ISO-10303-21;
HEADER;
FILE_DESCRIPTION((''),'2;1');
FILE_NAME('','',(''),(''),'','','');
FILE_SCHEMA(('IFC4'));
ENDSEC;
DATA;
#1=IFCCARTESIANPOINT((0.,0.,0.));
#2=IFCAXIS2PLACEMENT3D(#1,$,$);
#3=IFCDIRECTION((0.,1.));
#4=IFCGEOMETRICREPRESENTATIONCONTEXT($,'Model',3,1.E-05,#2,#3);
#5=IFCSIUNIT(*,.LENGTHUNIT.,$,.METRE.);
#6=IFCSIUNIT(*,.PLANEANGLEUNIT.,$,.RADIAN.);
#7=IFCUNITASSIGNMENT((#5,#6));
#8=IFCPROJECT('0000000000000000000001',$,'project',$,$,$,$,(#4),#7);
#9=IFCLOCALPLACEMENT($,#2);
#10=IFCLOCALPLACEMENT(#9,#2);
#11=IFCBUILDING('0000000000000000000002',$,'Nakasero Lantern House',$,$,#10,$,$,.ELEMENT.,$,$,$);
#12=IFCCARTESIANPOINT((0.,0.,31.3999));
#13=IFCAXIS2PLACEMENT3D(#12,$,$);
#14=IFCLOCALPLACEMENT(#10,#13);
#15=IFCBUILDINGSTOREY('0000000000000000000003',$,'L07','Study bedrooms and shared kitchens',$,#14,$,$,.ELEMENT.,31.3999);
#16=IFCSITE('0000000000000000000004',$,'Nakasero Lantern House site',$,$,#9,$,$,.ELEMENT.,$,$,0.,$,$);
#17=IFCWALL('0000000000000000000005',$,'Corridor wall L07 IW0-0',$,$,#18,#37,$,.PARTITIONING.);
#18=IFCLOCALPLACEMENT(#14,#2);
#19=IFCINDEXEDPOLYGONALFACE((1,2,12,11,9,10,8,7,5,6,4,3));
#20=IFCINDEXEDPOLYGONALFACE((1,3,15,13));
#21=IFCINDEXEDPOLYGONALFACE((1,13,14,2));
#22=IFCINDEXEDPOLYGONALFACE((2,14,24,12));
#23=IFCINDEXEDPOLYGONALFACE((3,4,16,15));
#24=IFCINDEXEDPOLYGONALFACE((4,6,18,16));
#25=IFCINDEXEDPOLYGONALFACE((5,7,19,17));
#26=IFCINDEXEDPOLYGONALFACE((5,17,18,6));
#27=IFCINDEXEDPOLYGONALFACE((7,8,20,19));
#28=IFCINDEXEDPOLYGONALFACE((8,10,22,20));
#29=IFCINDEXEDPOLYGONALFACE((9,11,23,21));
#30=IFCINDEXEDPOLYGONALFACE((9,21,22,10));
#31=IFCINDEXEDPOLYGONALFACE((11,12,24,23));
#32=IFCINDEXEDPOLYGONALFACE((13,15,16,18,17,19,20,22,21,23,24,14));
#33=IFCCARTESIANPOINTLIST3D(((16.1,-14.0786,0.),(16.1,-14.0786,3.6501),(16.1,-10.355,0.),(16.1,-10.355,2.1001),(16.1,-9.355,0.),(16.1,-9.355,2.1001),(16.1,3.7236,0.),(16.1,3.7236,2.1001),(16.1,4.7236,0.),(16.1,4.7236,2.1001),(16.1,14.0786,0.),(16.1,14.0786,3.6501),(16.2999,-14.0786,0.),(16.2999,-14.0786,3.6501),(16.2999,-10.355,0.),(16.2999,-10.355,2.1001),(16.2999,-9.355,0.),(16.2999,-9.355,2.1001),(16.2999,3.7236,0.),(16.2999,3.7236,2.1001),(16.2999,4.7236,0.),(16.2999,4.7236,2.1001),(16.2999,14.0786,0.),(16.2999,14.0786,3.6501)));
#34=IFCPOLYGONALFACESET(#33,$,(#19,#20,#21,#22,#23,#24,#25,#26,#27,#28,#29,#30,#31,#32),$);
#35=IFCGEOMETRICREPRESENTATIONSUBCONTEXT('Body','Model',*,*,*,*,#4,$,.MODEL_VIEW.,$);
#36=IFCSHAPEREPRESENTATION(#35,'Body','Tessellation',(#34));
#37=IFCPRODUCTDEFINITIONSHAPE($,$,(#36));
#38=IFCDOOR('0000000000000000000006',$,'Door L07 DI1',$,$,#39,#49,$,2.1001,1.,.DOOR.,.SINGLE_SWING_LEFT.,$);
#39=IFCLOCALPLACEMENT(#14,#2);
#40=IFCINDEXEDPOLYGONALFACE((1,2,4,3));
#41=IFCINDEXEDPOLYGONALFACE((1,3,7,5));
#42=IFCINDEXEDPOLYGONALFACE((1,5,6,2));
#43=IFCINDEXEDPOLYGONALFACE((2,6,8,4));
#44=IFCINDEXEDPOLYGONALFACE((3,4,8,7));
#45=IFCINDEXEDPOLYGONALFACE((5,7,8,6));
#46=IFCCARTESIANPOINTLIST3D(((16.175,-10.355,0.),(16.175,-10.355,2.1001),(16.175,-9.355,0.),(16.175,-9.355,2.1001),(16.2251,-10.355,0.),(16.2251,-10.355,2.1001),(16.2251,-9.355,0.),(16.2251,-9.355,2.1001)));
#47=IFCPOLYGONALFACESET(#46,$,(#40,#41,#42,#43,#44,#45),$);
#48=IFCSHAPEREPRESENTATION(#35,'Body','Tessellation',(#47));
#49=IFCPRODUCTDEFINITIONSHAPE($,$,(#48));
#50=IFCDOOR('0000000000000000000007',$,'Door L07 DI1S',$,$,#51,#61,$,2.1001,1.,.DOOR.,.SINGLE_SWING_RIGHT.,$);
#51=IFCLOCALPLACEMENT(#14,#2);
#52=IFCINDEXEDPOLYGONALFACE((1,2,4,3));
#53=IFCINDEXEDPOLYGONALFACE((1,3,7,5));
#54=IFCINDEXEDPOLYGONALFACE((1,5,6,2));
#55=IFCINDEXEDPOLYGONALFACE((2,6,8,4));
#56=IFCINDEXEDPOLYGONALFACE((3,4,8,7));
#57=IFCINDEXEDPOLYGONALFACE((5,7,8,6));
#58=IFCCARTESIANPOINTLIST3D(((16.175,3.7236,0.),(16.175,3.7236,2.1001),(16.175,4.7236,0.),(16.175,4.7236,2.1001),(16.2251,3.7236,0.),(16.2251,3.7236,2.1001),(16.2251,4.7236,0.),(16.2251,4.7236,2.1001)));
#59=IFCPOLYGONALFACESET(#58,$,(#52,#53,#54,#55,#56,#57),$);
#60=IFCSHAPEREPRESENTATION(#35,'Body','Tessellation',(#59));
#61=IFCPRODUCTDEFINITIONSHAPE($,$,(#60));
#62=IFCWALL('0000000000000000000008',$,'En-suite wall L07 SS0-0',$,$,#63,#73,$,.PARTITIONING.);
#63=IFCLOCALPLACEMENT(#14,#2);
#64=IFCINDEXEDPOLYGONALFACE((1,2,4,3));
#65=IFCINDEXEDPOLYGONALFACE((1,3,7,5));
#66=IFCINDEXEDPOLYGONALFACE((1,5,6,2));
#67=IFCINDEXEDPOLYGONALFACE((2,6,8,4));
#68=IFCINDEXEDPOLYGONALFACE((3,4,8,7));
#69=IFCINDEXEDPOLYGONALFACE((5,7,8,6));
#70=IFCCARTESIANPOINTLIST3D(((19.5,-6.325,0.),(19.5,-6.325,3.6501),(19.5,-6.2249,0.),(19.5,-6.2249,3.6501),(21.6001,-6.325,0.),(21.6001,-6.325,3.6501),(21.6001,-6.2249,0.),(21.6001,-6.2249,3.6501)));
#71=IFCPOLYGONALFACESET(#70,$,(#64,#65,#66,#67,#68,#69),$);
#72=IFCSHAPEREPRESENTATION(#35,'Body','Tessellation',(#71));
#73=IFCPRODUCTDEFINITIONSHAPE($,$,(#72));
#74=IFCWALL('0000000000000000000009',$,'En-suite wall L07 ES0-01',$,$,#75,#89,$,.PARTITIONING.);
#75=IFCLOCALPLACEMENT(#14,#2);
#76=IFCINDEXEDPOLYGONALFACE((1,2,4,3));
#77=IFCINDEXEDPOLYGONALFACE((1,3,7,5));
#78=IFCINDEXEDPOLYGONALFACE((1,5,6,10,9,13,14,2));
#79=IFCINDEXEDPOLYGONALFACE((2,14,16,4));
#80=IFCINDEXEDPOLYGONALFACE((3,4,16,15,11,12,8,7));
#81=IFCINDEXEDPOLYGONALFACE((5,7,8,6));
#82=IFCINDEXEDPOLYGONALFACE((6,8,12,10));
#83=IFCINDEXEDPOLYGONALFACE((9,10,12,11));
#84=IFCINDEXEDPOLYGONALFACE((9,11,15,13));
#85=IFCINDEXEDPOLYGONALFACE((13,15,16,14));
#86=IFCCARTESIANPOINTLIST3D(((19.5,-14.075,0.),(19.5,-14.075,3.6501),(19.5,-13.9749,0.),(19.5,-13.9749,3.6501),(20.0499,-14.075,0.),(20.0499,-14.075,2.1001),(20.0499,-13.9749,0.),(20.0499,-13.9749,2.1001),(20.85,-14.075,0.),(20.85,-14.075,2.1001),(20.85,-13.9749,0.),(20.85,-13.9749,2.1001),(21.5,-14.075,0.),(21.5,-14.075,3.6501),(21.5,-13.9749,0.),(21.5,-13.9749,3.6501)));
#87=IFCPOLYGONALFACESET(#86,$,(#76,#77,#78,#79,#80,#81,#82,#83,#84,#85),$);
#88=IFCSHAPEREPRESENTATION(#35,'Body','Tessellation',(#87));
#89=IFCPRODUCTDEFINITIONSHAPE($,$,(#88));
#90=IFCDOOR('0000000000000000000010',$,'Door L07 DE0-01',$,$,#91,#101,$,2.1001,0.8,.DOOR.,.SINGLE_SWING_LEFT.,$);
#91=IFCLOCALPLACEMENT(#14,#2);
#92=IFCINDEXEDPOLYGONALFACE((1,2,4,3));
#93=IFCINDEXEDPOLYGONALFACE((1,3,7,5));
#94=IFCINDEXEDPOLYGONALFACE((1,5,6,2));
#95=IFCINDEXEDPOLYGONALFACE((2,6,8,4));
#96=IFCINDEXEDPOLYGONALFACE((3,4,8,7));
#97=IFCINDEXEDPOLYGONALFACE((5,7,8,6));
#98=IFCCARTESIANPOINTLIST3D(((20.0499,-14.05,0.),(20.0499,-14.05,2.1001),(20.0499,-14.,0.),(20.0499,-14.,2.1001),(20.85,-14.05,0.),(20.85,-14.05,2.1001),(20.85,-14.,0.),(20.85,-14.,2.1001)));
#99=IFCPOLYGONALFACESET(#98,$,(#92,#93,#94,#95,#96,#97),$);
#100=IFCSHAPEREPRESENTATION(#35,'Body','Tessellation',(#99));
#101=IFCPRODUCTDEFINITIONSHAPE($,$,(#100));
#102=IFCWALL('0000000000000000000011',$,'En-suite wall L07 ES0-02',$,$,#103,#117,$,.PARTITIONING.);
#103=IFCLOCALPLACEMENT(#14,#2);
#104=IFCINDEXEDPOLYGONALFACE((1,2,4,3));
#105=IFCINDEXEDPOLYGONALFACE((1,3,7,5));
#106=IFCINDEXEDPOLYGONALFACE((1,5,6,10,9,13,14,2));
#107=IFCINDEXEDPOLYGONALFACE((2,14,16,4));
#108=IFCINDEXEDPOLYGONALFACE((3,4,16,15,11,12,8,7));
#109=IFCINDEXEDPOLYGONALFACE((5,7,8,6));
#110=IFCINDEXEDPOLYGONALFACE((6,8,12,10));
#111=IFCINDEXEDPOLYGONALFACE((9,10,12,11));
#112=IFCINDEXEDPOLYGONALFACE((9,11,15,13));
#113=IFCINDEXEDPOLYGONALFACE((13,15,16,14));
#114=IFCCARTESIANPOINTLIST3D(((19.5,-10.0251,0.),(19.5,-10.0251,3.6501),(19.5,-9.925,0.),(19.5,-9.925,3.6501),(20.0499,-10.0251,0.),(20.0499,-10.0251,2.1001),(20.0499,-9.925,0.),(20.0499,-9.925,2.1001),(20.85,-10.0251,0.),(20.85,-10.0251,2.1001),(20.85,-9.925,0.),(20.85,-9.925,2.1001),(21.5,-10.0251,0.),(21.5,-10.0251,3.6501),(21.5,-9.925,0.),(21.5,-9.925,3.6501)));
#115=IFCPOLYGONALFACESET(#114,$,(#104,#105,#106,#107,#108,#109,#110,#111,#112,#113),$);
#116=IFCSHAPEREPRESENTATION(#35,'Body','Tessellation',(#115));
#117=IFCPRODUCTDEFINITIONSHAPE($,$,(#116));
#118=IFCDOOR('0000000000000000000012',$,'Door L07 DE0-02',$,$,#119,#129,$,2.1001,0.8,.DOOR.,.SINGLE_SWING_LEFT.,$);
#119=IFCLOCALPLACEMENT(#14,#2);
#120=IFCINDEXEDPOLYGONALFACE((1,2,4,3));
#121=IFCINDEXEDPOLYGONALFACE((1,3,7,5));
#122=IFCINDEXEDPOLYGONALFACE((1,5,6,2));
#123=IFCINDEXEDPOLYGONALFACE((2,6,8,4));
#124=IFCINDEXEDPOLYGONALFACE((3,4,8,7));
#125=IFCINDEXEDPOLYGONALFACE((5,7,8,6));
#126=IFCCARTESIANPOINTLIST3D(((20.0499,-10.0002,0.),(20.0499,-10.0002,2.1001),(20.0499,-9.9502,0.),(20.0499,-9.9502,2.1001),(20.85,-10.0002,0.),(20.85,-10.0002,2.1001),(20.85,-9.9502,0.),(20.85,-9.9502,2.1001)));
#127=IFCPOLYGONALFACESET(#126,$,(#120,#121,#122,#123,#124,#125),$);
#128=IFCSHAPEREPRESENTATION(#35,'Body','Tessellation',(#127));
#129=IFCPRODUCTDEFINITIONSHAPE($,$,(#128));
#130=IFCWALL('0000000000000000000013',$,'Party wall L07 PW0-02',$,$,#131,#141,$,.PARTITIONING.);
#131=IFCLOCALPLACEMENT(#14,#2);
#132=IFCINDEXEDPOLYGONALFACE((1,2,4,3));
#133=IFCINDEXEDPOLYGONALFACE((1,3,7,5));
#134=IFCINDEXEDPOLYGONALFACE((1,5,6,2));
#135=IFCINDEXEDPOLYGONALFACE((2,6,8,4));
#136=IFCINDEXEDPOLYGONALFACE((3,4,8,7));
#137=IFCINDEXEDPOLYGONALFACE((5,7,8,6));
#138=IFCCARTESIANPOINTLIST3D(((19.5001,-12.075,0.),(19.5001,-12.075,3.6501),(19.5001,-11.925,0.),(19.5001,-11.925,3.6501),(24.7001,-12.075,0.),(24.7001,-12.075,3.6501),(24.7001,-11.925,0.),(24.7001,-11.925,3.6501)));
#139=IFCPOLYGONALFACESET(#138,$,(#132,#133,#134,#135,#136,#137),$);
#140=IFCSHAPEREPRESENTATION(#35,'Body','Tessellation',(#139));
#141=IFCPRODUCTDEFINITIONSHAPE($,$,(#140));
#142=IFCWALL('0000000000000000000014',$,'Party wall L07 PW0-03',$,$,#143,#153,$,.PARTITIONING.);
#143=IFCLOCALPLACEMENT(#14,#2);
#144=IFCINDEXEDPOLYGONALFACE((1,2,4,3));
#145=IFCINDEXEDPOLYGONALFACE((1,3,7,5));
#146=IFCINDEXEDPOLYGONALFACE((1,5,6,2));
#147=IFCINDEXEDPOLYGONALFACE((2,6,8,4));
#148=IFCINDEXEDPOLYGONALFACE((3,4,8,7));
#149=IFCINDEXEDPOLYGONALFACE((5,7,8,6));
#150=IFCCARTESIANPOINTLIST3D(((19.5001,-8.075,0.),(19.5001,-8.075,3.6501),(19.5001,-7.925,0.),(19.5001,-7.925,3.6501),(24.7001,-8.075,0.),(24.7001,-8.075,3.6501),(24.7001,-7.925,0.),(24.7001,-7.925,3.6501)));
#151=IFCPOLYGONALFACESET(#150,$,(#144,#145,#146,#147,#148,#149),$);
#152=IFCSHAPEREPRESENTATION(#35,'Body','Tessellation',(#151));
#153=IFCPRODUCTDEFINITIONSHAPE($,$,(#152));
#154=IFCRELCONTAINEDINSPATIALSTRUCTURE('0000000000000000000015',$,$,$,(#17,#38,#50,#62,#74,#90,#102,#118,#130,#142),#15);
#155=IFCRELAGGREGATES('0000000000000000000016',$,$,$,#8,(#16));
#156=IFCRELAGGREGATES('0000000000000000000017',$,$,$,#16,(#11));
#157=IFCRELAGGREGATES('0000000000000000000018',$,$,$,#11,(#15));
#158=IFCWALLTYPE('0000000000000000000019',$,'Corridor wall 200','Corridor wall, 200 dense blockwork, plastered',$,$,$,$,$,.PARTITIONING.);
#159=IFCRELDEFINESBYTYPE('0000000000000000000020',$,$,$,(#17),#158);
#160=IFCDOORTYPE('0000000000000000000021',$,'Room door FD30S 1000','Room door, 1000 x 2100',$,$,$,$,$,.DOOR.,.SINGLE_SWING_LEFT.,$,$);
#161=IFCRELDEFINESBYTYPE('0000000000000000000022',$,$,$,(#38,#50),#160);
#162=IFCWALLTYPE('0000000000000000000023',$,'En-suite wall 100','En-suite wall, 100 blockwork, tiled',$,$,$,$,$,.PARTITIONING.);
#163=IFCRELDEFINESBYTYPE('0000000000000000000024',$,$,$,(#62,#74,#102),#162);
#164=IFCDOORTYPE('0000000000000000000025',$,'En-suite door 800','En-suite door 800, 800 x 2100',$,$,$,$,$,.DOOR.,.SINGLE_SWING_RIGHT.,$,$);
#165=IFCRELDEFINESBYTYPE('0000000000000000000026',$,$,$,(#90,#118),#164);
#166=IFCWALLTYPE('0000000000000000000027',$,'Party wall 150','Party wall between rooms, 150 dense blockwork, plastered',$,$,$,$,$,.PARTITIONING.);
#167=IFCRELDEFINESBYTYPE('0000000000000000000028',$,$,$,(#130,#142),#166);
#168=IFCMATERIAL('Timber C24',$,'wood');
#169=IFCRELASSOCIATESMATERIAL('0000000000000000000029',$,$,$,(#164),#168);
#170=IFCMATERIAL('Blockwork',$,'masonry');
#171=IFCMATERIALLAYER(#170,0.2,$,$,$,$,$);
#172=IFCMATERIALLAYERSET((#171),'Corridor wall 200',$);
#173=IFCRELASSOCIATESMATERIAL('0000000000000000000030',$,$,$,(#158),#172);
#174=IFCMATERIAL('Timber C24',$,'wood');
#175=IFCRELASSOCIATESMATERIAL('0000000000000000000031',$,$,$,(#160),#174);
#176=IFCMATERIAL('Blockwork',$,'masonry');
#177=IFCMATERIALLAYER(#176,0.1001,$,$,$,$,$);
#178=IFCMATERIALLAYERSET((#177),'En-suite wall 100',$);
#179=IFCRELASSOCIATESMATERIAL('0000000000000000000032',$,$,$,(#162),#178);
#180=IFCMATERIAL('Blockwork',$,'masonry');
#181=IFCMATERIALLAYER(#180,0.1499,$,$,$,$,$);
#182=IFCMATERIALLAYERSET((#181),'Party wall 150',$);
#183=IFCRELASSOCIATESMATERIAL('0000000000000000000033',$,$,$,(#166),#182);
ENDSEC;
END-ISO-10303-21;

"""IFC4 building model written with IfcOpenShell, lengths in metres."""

from ifc_helpers import new_model, si_unit, direction, frame, frame_2d, origin, place, context, subcontext, project, spatial, rectangle, extrude, material, layer, layer_set, type_object, element, fill, save


model = new_model("IFC4")

# Units and contexts
model_context = context("Model", 3, precision=1e-05, world=origin(), true_north=direction((0.0, 1.0)))
body_context = subcontext(model_context, "Body", "Model", "MODEL_VIEW")
ifc_project = project(units=[si_unit("LENGTHUNIT", "METRE"), si_unit("PLANEANGLEUNIT", "RADIAN")], contexts=[model_context])

# Site, building, storey
site_placement = place(None, origin())
site = spatial("IfcSite", under=ifc_project, at=site_placement, Name="Nakasero Lantern House site", CompositionType="ELEMENT", RefElevation=0.0)
building_placement = place(site_placement, origin())
building = spatial("IfcBuilding", under=site, at=building_placement, Name="Nakasero Lantern House", CompositionType="ELEMENT")
storey_placement = place(building_placement, frame((0.0, 0.0, 31.3999)))
storey = spatial("IfcBuildingStorey", under=building, at=storey_placement, Name="L07", Description="Study bedrooms and shared kitchens", CompositionType="ELEMENT", Elevation=31.3999)

# Wall, openings, doors
ifc_material_1 = material(Name="Timber C24", Category="wood")
door_type_1 = type_object("IfcDoorType", Name="En-suite door 800", Description="En-suite door 800, 800 x 2100", OperationType="SINGLE_SWING_RIGHT", PredefinedType="DOOR", material=ifc_material_1)
ifc_material_2 = material(Name="Blockwork", Category="masonry")
ifc_layer_1 = layer(ifc_material_2, 0.2)
ifc_layer_set_1 = layer_set([ifc_layer_1], Name="Corridor wall 200")
wall_type_1 = type_object("IfcWallType", Name="Corridor wall 200", Description="Corridor wall, 200 dense blockwork, plastered", PredefinedType="PARTITIONING", material=ifc_layer_set_1)
wall_1_placement = place(storey_placement, frame((16.2, -14.0786, 0.0), z_axis=(0.0, 0.0, 1.0), x_axis=(0.0, 1.0, 0.0)))
wall_1 = element("IfcWall", 1, at=wall_1_placement, inside=storey, type_object=wall_type_1, Name="Corridor wall L07 IW0-0", PredefinedType="PARTITIONING", context=body_context, shape_type="SweptSolid", body=[
    extrude(rectangle(XDim=28.1572, YDim=0.2, at=frame_2d((14.0786, 0.0))), origin(), (0.0, 0.0, 1.0), 3.6501),
])
opening_1_placement = place(wall_1_placement, frame((3.7236, 0.0, 0.0)))
opening_1 = element("IfcOpeningElement", 2, at=opening_1_placement, cuts=wall_1, PredefinedType="OPENING", context=body_context, shape_type="SweptSolid", body=[
    extrude(rectangle(XDim=1.0, YDim=2.1001, at=frame_2d((0.5, 1.05))), frame((0.0, 0.1199, 0.0), z_axis=(0.0, -1.0, 0.0), x_axis=(1.0, 0.0, 0.0)), (0.0, 0.0, 1.0), 0.24),
])
opening_2_placement = place(wall_1_placement, frame((17.8022, 0.0, 0.0)))
opening_2 = element("IfcOpeningElement", 3, at=opening_2_placement, cuts=wall_1, PredefinedType="OPENING", context=body_context, shape_type="SweptSolid", body=[
    extrude(rectangle(XDim=1.0, YDim=2.1001, at=frame_2d((0.5, 1.05))), frame((0.0, 0.1199, 0.0), z_axis=(0.0, -1.0, 0.0), x_axis=(1.0, 0.0, 0.0)), (0.0, 0.0, 1.0), 0.24),
])
ifc_material_3 = material(Name="Timber C24", Category="wood")
door_type_2 = type_object("IfcDoorType", Name="Room door FD30S 1000", Description="Room door, 1000 x 2100", OperationType="SINGLE_SWING_LEFT", PredefinedType="DOOR", material=ifc_material_3)
door_1_placement = place(opening_1_placement, origin())
door_1 = element("IfcDoor", 4, at=door_1_placement, inside=storey, type_object=door_type_2, Name="Door L07 DI1", OperationType="SINGLE_SWING_LEFT", OverallHeight=2.1001, OverallWidth=1.0, PredefinedType="DOOR", context=body_context, shape_type="SweptSolid", body=[
    extrude(rectangle(XDim=1.0, YDim=2.1001, at=frame_2d((0.5, 1.05))), frame((0.0, 0.0249, 0.0), z_axis=(0.0, -1.0, 0.0), x_axis=(1.0, 0.0, 0.0)), (0.0, 0.0, 1.0), 0.05),
])
fill(opening_1, door_1)
door_2_placement = place(opening_2_placement, origin())
door_2 = element("IfcDoor", 5, at=door_2_placement, inside=storey, type_object=door_type_2, Name="Door L07 DI1S", OperationType="SINGLE_SWING_RIGHT", OverallHeight=2.1001, OverallWidth=1.0, PredefinedType="DOOR", context=body_context, shape_type="SweptSolid", body=[
    extrude(rectangle(XDim=1.0, YDim=2.1001, at=frame_2d((0.5, 1.05))), frame((0.0, 0.0249, 0.0), z_axis=(0.0, -1.0, 0.0), x_axis=(1.0, 0.0, 0.0)), (0.0, 0.0, 1.0), 0.05),
])
fill(opening_2, door_2)

# Wall
ifc_material_4 = material(Name="Blockwork", Category="masonry")
ifc_layer_2 = layer(ifc_material_4, 0.1001)
ifc_layer_set_2 = layer_set([ifc_layer_2], Name="En-suite wall 100")
wall_type_2 = type_object("IfcWallType", Name="En-suite wall 100", Description="En-suite wall, 100 blockwork, tiled", PredefinedType="PARTITIONING", material=ifc_layer_set_2)
wall_2_placement = place(storey_placement, frame((19.5, -6.2749, 0.0), z_axis=(0.0, 0.0, 1.0), x_axis=(1.0, 0.0, 0.0)))
element("IfcWall", 6, at=wall_2_placement, inside=storey, type_object=wall_type_2, Name="En-suite wall L07 SS0-0", PredefinedType="PARTITIONING", context=body_context, shape_type="SweptSolid", body=[
    extrude(rectangle(XDim=2.1001, YDim=0.1001, at=frame_2d((1.05, 0.0))), origin(), (0.0, 0.0, 1.0), 3.6501),
])

# Walls, openings, doors
wall_3_placement = place(storey_placement, frame((19.5, -14.0249, 0.0), z_axis=(0.0, 0.0, 1.0), x_axis=(1.0, 0.0, 0.0)))
wall_3 = element("IfcWall", 7, at=wall_3_placement, inside=storey, type_object=wall_type_2, Name="En-suite wall L07 ES0-01", PredefinedType="PARTITIONING", context=body_context, shape_type="SweptSolid", body=[
    extrude(rectangle(XDim=2.0, YDim=0.1001, at=frame_2d((1.0, 0.0))), origin(), (0.0, 0.0, 1.0), 3.6501),
])
opening_3_placement = place(wall_3_placement, frame((0.55, 0.0, 0.0)))
opening_3 = element("IfcOpeningElement", 8, at=opening_3_placement, cuts=wall_3, PredefinedType="OPENING", context=body_context, shape_type="SweptSolid", body=[
    extrude(rectangle(XDim=0.8, YDim=2.1001, at=frame_2d((0.3999, 1.05))), frame((0.0, 0.0701, 0.0), z_axis=(0.0, -1.0, 0.0), x_axis=(1.0, 0.0, 0.0)), (0.0, 0.0, 1.0), 0.1401),
])
door_3_placement = place(opening_3_placement, origin())
door_3 = element("IfcDoor", 9, at=door_3_placement, inside=storey, type_object=door_type_1, Name="Door L07 DE0-01", OperationType="SINGLE_SWING_LEFT", OverallHeight=2.1001, OverallWidth=0.8, PredefinedType="DOOR", context=body_context, shape_type="SweptSolid", body=[
    extrude(rectangle(XDim=0.8, YDim=2.1001, at=frame_2d((0.3999, 1.05))), frame((0.0, 0.0249, 0.0), z_axis=(0.0, -1.0, 0.0), x_axis=(1.0, 0.0, 0.0)), (0.0, 0.0, 1.0), 0.05),
])
fill(opening_3, door_3)
wall_4_placement = place(storey_placement, frame((19.5, -9.9751, 0.0), z_axis=(0.0, 0.0, 1.0), x_axis=(1.0, 0.0, 0.0)))
wall_4 = element("IfcWall", 10, at=wall_4_placement, inside=storey, type_object=wall_type_2, Name="En-suite wall L07 ES0-02", PredefinedType="PARTITIONING", context=body_context, shape_type="SweptSolid", body=[
    extrude(rectangle(XDim=2.0, YDim=0.1001, at=frame_2d((1.0, 0.0))), origin(), (0.0, 0.0, 1.0), 3.6501),
])
opening_4_placement = place(wall_4_placement, frame((0.55, 0.0, 0.0)))
opening_4 = element("IfcOpeningElement", 11, at=opening_4_placement, cuts=wall_4, PredefinedType="OPENING", context=body_context, shape_type="SweptSolid", body=[
    extrude(rectangle(XDim=0.8, YDim=2.1001, at=frame_2d((0.3999, 1.05))), frame((0.0, 0.0701, 0.0), z_axis=(0.0, -1.0, 0.0), x_axis=(1.0, 0.0, 0.0)), (0.0, 0.0, 1.0), 0.1401),
])
door_4_placement = place(opening_4_placement, origin())
door_4 = element("IfcDoor", 12, at=door_4_placement, inside=storey, type_object=door_type_1, Name="Door L07 DE0-02", OperationType="SINGLE_SWING_LEFT", OverallHeight=2.1001, OverallWidth=0.8, PredefinedType="DOOR", context=body_context, shape_type="SweptSolid", body=[
    extrude(rectangle(XDim=0.8, YDim=2.1001, at=frame_2d((0.3999, 1.05))), frame((0.0, 0.0249, 0.0), z_axis=(0.0, -1.0, 0.0), x_axis=(1.0, 0.0, 0.0)), (0.0, 0.0, 1.0), 0.05),
])
fill(opening_4, door_4)

# Walls
ifc_material_5 = material(Name="Blockwork", Category="masonry")
ifc_layer_3 = layer(ifc_material_5, 0.1499)
ifc_layer_set_3 = layer_set([ifc_layer_3], Name="Party wall 150")
wall_type_3 = type_object("IfcWallType", Name="Party wall 150", Description="Party wall between rooms, 150 dense blockwork, plastered", PredefinedType="PARTITIONING", material=ifc_layer_set_3)
for number, where, z_axis, x_axis, name in (
    (13, (19.5, -12.0, 0.0), (0.0, 0.0, 1.0), (1.0, 0.0, 0.0), "Party wall L07 PW0-02"),
    (14, (19.5, -8.0, 0.0), (0.0, 0.0, 1.0), (1.0, 0.0, 0.0), "Party wall L07 PW0-03"),
):
    element("IfcWall", number, at=place(storey_placement, frame(where, z_axis=z_axis, x_axis=x_axis)), inside=storey, type_object=wall_type_3, Name=name, PredefinedType="PARTITIONING", context=body_context, shape_type="SweptSolid", body=[
        extrude(rectangle(XDim=5.2, YDim=0.1499, at=frame_2d((2.6001, 0.0))), origin(), (0.0, 0.0, 1.0), 3.6501),
    ])

save(model, "model.ifc")
